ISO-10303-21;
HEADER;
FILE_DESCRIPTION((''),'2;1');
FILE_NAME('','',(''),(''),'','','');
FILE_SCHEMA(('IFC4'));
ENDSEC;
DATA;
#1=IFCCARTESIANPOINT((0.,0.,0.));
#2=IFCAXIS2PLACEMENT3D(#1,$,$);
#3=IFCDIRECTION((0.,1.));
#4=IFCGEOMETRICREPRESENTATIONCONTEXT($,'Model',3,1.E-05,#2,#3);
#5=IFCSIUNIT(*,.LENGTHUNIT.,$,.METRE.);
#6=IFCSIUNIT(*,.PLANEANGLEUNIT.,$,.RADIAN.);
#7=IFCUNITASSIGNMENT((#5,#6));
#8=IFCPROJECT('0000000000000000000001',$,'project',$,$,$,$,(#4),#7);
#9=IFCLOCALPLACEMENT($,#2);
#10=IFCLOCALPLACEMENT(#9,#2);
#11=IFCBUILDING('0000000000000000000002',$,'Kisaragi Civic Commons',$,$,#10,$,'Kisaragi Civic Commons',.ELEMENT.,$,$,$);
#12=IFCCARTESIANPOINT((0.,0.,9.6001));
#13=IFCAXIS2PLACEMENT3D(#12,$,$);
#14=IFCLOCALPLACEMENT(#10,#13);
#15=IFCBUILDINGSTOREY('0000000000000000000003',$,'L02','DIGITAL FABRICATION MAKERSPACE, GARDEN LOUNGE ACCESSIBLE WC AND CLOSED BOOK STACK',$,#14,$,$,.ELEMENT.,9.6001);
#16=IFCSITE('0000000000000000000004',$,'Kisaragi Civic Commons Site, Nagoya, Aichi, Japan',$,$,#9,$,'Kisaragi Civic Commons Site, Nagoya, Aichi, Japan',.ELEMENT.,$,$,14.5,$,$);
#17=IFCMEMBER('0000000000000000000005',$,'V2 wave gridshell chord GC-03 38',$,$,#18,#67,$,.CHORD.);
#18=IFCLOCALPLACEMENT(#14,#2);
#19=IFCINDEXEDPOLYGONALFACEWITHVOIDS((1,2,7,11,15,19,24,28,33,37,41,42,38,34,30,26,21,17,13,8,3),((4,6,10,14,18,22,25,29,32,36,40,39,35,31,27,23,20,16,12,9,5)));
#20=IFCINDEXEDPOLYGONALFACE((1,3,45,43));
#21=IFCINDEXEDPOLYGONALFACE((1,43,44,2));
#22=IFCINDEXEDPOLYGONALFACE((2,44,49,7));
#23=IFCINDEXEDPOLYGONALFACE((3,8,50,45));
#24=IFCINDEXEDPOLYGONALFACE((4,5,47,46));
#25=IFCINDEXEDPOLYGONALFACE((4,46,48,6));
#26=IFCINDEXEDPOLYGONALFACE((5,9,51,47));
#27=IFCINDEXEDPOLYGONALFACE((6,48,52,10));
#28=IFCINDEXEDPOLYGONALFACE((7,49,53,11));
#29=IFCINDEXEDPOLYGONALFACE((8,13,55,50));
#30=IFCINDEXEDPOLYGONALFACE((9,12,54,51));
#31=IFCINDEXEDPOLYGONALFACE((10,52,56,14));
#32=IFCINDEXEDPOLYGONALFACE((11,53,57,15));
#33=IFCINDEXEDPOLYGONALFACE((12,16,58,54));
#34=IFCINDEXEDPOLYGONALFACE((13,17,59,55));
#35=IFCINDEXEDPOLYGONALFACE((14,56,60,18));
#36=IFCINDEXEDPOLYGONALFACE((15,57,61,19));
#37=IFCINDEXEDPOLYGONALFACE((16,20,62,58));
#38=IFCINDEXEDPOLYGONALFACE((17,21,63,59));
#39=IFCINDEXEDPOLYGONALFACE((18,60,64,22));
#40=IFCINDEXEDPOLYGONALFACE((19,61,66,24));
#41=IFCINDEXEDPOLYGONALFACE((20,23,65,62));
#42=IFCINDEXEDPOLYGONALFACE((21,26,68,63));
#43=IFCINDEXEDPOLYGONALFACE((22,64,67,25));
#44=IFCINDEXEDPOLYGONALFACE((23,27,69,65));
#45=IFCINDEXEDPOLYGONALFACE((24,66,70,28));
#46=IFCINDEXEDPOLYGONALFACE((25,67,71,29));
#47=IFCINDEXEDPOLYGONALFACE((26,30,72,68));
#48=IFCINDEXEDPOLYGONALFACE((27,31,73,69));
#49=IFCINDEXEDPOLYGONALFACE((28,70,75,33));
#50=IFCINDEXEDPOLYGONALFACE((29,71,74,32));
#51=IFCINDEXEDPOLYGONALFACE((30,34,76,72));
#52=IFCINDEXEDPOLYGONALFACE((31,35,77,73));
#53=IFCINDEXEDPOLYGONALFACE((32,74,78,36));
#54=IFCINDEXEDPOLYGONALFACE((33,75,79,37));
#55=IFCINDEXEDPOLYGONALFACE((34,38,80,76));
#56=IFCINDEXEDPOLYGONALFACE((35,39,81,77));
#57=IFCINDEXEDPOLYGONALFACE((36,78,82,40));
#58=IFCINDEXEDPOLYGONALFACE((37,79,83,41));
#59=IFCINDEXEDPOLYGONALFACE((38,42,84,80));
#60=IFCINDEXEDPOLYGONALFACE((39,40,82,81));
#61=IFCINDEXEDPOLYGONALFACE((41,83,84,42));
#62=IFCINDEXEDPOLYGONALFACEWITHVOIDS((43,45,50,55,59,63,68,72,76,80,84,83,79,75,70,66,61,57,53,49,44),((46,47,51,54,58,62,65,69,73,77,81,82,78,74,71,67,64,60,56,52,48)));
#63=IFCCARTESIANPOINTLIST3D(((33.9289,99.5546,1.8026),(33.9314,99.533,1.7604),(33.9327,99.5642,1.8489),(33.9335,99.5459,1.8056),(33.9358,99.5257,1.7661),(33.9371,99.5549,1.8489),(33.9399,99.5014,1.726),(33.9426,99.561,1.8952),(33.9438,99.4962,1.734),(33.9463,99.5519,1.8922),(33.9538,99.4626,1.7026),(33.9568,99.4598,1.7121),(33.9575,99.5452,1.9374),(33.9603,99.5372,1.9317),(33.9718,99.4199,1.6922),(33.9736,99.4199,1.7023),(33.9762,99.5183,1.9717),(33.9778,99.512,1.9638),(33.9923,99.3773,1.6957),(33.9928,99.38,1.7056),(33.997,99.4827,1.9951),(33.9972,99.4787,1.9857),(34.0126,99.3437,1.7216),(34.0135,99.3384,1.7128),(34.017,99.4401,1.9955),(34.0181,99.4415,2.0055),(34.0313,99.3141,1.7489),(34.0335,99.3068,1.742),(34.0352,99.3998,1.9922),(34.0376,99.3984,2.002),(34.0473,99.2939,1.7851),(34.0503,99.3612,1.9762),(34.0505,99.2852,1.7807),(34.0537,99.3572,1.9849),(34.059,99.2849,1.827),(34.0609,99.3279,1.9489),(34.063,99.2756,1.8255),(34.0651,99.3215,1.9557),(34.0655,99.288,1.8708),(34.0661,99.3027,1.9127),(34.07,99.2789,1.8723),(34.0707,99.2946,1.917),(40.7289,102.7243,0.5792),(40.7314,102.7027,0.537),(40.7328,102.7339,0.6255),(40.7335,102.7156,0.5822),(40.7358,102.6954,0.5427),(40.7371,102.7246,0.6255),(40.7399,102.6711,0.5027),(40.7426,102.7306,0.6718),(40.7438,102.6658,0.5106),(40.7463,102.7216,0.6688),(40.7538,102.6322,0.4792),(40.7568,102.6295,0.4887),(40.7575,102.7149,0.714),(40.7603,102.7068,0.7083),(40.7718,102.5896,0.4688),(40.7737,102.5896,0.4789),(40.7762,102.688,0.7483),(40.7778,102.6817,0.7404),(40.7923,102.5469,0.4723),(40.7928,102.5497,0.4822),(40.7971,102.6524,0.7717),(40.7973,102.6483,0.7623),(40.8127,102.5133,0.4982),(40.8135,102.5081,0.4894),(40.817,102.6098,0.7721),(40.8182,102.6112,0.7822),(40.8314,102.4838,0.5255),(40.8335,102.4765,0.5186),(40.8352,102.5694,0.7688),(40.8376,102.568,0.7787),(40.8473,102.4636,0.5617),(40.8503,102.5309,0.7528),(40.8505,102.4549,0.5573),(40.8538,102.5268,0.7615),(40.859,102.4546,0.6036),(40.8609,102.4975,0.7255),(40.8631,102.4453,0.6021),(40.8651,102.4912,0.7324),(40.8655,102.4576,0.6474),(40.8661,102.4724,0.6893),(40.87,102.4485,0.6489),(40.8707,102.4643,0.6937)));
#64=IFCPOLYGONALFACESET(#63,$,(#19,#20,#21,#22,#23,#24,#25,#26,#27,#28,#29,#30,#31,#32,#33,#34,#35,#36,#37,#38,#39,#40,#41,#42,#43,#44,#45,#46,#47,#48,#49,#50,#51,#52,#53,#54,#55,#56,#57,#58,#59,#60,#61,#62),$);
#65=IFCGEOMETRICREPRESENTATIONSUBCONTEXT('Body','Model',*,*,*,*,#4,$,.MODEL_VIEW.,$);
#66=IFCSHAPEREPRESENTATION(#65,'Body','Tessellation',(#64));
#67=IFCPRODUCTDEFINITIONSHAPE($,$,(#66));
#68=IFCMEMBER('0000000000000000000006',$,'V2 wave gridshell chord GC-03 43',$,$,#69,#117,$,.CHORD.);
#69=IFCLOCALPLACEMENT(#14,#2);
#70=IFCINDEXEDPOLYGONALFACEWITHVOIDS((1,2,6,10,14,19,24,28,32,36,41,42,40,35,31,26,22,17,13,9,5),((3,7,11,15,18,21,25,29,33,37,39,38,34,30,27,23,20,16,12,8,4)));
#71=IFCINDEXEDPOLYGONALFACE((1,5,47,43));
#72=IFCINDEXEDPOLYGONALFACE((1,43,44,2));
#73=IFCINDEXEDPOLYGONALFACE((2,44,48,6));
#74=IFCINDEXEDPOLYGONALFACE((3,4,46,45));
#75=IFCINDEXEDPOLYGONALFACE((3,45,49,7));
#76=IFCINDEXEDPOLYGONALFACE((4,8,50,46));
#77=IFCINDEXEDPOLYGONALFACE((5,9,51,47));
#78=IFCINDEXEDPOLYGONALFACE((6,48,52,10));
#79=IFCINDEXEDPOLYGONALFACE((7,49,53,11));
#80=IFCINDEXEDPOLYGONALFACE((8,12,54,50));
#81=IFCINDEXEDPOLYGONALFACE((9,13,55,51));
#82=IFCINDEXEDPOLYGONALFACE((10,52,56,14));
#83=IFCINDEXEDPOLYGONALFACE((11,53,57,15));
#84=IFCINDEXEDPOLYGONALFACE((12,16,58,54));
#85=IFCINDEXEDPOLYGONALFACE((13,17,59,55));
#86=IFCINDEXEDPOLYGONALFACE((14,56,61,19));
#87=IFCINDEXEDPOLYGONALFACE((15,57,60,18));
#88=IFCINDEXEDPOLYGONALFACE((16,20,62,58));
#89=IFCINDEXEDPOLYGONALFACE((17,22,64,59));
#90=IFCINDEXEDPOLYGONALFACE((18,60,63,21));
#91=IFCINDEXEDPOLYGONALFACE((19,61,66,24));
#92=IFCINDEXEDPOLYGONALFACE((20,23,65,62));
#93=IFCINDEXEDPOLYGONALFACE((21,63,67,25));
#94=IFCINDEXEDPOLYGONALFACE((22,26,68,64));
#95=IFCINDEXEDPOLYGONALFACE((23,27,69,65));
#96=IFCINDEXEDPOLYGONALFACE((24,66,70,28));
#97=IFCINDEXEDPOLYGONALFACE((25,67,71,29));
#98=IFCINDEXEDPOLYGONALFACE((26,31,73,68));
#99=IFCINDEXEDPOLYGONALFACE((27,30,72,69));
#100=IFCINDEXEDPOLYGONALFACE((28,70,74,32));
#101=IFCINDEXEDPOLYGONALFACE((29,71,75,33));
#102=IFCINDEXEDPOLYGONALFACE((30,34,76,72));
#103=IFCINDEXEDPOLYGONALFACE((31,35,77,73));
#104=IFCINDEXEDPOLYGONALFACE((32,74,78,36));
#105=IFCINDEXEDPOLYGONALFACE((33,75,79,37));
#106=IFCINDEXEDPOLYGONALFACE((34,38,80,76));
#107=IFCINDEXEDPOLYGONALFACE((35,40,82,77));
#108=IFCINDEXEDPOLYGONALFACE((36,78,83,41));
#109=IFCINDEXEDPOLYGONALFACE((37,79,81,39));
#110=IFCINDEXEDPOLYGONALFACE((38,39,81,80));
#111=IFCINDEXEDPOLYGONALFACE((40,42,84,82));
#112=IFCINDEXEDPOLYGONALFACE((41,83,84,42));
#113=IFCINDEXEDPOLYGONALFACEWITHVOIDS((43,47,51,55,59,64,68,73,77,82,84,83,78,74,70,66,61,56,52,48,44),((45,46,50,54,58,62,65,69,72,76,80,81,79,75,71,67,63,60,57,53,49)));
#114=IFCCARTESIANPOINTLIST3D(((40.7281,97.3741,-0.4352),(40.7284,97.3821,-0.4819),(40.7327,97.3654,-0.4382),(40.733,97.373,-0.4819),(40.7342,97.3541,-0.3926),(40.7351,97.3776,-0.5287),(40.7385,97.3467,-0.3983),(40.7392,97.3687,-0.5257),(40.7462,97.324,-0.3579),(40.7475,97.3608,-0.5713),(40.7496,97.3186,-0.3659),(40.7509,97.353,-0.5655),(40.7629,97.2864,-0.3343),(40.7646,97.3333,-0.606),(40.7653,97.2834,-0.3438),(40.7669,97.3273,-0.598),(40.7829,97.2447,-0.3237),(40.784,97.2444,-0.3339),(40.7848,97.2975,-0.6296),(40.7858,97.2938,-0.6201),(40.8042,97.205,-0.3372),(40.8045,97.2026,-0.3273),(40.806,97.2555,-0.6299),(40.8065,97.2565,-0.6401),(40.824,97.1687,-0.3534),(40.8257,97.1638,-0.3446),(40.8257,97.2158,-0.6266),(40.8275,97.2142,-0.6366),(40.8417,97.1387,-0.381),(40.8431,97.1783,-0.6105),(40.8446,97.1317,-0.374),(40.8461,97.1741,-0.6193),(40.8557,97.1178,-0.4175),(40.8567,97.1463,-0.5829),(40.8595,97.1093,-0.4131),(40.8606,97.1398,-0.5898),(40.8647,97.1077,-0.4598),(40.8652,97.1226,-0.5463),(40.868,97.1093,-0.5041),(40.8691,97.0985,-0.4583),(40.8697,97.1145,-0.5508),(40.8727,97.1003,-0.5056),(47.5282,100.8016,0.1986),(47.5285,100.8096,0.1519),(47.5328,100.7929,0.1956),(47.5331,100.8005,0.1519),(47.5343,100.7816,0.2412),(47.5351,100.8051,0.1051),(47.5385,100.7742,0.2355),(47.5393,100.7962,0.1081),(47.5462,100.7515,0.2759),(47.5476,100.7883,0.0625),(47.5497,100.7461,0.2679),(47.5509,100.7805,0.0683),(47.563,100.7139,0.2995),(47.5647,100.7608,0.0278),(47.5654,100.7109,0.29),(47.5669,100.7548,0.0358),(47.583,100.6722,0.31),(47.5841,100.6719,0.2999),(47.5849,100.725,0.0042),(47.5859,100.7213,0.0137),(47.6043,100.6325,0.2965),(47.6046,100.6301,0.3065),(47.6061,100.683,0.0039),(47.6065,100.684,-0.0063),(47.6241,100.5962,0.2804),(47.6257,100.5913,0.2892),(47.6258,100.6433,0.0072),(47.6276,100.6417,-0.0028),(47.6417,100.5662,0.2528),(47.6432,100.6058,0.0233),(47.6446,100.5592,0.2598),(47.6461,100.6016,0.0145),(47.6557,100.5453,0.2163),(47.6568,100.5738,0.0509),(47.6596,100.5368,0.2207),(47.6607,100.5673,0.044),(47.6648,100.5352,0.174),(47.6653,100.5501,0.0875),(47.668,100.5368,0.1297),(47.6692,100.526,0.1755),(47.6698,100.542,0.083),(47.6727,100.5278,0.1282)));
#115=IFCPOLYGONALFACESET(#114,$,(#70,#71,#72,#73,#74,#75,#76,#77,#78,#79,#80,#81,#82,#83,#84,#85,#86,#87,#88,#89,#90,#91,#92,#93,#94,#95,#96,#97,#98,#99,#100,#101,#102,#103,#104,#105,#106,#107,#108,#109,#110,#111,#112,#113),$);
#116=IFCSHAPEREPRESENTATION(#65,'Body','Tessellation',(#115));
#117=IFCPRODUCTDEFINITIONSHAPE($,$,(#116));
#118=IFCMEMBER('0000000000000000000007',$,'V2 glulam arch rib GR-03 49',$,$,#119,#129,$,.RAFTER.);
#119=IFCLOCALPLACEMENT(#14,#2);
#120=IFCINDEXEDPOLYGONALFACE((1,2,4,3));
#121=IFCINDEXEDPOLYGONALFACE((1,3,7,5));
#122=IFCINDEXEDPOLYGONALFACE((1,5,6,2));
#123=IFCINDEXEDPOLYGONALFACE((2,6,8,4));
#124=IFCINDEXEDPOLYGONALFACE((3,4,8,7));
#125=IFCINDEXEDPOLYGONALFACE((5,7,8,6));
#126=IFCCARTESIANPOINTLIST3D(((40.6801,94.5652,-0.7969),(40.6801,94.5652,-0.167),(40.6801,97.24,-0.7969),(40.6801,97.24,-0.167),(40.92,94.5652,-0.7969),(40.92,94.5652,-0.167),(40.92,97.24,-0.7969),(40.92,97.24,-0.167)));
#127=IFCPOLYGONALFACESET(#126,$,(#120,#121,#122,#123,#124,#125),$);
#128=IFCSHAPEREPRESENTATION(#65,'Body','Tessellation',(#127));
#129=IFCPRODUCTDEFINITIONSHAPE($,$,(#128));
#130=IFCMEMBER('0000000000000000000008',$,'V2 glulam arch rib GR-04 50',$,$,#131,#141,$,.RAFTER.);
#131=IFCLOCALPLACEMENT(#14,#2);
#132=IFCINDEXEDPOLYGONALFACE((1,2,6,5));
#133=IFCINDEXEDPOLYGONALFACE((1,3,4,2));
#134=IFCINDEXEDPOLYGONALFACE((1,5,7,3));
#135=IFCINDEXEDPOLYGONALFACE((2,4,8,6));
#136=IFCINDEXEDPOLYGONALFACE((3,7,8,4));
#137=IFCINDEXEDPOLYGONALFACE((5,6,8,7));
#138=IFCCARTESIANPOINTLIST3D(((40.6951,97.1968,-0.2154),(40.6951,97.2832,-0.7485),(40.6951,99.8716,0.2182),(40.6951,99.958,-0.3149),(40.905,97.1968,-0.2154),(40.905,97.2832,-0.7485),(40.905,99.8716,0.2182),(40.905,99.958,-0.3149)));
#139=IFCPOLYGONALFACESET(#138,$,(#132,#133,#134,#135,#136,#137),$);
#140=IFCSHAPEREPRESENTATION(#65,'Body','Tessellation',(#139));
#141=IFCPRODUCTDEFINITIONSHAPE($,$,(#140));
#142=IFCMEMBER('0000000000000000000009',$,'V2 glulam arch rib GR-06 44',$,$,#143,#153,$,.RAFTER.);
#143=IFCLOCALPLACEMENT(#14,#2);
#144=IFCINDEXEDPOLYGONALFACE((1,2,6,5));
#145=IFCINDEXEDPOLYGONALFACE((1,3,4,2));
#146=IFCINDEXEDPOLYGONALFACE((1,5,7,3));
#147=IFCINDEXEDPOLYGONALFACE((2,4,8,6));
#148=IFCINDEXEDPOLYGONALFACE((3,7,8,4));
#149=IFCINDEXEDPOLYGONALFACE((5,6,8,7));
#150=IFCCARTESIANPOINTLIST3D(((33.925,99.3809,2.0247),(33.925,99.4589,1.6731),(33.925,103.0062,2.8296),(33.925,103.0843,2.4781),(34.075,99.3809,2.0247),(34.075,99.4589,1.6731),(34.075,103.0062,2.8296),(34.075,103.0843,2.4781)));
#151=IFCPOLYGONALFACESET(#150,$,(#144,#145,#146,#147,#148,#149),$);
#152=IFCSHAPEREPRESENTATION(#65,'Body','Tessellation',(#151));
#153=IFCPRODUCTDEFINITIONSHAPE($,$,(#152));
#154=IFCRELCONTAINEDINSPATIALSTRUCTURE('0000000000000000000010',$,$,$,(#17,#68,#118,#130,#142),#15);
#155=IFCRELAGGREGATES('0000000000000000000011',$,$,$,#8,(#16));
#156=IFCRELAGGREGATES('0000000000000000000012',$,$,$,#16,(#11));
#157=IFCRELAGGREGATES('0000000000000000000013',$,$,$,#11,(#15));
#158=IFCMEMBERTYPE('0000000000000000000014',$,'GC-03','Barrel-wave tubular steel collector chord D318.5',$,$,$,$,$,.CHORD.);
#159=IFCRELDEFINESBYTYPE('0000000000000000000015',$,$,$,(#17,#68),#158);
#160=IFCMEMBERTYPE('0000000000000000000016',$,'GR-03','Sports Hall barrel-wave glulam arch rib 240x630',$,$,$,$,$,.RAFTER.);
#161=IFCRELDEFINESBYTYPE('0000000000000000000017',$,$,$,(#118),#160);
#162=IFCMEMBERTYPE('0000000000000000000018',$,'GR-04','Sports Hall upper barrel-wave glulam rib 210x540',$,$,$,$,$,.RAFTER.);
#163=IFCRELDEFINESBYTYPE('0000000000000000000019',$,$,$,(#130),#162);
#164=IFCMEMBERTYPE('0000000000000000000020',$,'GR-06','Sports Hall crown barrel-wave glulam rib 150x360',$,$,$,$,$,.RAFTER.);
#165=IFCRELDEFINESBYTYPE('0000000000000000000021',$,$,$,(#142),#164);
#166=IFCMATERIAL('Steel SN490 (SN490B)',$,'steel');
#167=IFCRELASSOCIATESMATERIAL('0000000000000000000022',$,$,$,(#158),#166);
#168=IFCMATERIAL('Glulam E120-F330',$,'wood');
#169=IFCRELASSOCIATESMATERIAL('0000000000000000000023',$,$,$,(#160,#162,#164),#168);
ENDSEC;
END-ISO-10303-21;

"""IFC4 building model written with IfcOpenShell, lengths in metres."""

from ifc_helpers import new_model, si_unit, direction, frame, origin, origin_2d, place, context, subcontext, project, spatial, rectangle, hollow_circle, extrude, material, material_profile, profile_set, type_object, element, save


model = new_model("IFC4")

# Units and contexts
model_context = context("Model", 3, precision=1e-05, world=origin(), true_north=direction((0.0, 1.0)))
body_context = subcontext(model_context, "Body", "Model", "MODEL_VIEW")
ifc_project = project(units=[si_unit("LENGTHUNIT", "METRE"), si_unit("PLANEANGLEUNIT", "RADIAN")], contexts=[model_context])

# Site, building, storey
site_placement = place(None, origin())
site = spatial("IfcSite", under=ifc_project, at=site_placement, Name="Kisaragi Civic Commons Site, Nagoya, Aichi, Japan", LongName="Kisaragi Civic Commons Site, Nagoya, Aichi, Japan", CompositionType="ELEMENT", RefElevation=14.5)
building_placement = place(site_placement, origin())
building = spatial("IfcBuilding", under=site, at=building_placement, Name="Kisaragi Civic Commons", LongName="Kisaragi Civic Commons", CompositionType="ELEMENT")
storey_placement = place(building_placement, frame((0.0, 0.0, 9.6001)))
storey = spatial("IfcBuildingStorey", under=building, at=storey_placement, Name="L02", Description="DIGITAL FABRICATION MAKERSPACE, GARDEN LOUNGE ACCESSIBLE WC AND CLOSED BOOK STACK", CompositionType="ELEMENT", Elevation=9.6001)

# Members
ifc_material_1 = material(Name="Steel SN490 (SN490B)", Category="steel")
ifc_material_profile_1 = material_profile(ifc_material_1, hollow_circle(Radius=0.1592, WallThickness=0.0103, at=origin_2d()), Name="CHS-318.5x10.3", Category="steel")
ifc_profile_set_1 = profile_set([ifc_material_profile_1], Name="Steel SN490 (SN490B)")
member_type_1 = type_object("IfcMemberType", Name="GC-03", Description="Barrel-wave tubular steel collector chord D318.5", PredefinedType="CHORD", material=ifc_profile_set_1)
member_1_placement = place(storey_placement, frame((34.0, 99.4199, 1.8489), z_axis=(0.894556, 0.416976, -0.160938), x_axis=(-0.422483, 0.906371, 0.0)))
element("IfcMember", 1, at=member_1_placement, inside=storey, type_object=member_type_1, Name="V2 wave gridshell chord GC-03 38", PredefinedType="CHORD", context=body_context, shape_type="SweptSolid", body=[
    extrude(hollow_circle(Radius=0.1592, WallThickness=0.0103, at=origin_2d()), origin(), (0.0, 0.0, 1.0), 7.6016),
])
member_2_placement = place(storey_placement, frame((40.8, 97.24, -0.4819), z_axis=(0.889903, 0.448546, 0.082942), x_axis=(-0.450097, 0.89298, 0.0)))
element("IfcMember", 2, at=member_2_placement, inside=storey, type_object=member_type_1, Name="V2 wave gridshell chord GC-03 43", PredefinedType="CHORD", context=body_context, shape_type="SweptSolid", body=[
    extrude(hollow_circle(Radius=0.1592, WallThickness=0.0103, at=origin_2d()), origin(), (0.0, 0.0, 1.0), 7.6414),
])
ifc_material_2 = material(Name="Glulam E120-F330", Category="wood")
ifc_material_profile_2 = material_profile(ifc_material_2, rectangle(XDim=0.24, YDim=0.6299, at=origin_2d()), Name="GL-240x630", Category="wood")
ifc_profile_set_2 = profile_set([ifc_material_profile_2], Name="Glulam E120-F330")
member_type_2 = type_object("IfcMemberType", Name="GR-03", Description="Sports Hall barrel-wave glulam arch rib 240x630", PredefinedType="RAFTER", material=ifc_profile_set_2)
member_3_placement = place(storey_placement, frame((40.8, 94.5652, -0.4819), z_axis=(0.0, 1.0, 0.0), x_axis=(-1.0, 0.0, 0.0)))
element("IfcMember", 3, at=member_3_placement, inside=storey, type_object=member_type_2, Name="V2 glulam arch rib GR-03 49", PredefinedType="RAFTER", context=body_context, shape_type="SweptSolid", body=[
    extrude(rectangle(XDim=0.24, YDim=0.6299, at=origin_2d()), origin(), (0.0, 0.0, 1.0), 2.6748),
])
ifc_material_profile_3 = material_profile(ifc_material_2, rectangle(XDim=0.21, YDim=0.54, at=origin_2d()), Name="GL-210x540", Category="wood")
ifc_profile_set_3 = profile_set([ifc_material_profile_3], Name="Glulam E120-F330")
member_type_3 = type_object("IfcMemberType", Name="GR-04", Description="Sports Hall upper barrel-wave glulam rib 210x540", PredefinedType="RAFTER", material=ifc_profile_set_3)
member_4_placement = place(storey_placement, frame((40.8, 97.24, -0.4819), z_axis=(0.0, 0.987115, 0.160014), x_axis=(-1.0, 0.0, 0.0)))
element("IfcMember", 4, at=member_4_placement, inside=storey, type_object=member_type_3, Name="V2 glulam arch rib GR-04 50", PredefinedType="RAFTER", context=body_context, shape_type="SweptSolid", body=[
    extrude(rectangle(XDim=0.21, YDim=0.54, at=origin_2d()), origin(), (0.0, 0.0, 1.0), 2.7097),
])
ifc_material_profile_4 = material_profile(ifc_material_2, rectangle(XDim=0.1499, YDim=0.3601, at=origin_2d()), Name="GL-150x360", Category="wood")
ifc_profile_set_4 = profile_set([ifc_material_profile_4], Name="Glulam E120-F330")
member_type_4 = type_object("IfcMemberType", Name="GR-06", Description="Sports Hall crown barrel-wave glulam rib 150x360", PredefinedType="RAFTER", material=ifc_profile_set_4)
member_5_placement = place(storey_placement, frame((34.0, 99.4199, 1.8489), z_axis=(0.0, 0.976226, 0.216756), x_axis=(-1.0, 0.0, 0.0)))
element("IfcMember", 5, at=member_5_placement, inside=storey, type_object=member_type_4, Name="V2 glulam arch rib GR-06 44", PredefinedType="RAFTER", context=body_context, shape_type="SweptSolid", body=[
    extrude(rectangle(XDim=0.1499, YDim=0.3601, at=origin_2d()), origin(), (0.0, 0.0, 1.0), 3.7136),
])

save(model, "model.ifc")
